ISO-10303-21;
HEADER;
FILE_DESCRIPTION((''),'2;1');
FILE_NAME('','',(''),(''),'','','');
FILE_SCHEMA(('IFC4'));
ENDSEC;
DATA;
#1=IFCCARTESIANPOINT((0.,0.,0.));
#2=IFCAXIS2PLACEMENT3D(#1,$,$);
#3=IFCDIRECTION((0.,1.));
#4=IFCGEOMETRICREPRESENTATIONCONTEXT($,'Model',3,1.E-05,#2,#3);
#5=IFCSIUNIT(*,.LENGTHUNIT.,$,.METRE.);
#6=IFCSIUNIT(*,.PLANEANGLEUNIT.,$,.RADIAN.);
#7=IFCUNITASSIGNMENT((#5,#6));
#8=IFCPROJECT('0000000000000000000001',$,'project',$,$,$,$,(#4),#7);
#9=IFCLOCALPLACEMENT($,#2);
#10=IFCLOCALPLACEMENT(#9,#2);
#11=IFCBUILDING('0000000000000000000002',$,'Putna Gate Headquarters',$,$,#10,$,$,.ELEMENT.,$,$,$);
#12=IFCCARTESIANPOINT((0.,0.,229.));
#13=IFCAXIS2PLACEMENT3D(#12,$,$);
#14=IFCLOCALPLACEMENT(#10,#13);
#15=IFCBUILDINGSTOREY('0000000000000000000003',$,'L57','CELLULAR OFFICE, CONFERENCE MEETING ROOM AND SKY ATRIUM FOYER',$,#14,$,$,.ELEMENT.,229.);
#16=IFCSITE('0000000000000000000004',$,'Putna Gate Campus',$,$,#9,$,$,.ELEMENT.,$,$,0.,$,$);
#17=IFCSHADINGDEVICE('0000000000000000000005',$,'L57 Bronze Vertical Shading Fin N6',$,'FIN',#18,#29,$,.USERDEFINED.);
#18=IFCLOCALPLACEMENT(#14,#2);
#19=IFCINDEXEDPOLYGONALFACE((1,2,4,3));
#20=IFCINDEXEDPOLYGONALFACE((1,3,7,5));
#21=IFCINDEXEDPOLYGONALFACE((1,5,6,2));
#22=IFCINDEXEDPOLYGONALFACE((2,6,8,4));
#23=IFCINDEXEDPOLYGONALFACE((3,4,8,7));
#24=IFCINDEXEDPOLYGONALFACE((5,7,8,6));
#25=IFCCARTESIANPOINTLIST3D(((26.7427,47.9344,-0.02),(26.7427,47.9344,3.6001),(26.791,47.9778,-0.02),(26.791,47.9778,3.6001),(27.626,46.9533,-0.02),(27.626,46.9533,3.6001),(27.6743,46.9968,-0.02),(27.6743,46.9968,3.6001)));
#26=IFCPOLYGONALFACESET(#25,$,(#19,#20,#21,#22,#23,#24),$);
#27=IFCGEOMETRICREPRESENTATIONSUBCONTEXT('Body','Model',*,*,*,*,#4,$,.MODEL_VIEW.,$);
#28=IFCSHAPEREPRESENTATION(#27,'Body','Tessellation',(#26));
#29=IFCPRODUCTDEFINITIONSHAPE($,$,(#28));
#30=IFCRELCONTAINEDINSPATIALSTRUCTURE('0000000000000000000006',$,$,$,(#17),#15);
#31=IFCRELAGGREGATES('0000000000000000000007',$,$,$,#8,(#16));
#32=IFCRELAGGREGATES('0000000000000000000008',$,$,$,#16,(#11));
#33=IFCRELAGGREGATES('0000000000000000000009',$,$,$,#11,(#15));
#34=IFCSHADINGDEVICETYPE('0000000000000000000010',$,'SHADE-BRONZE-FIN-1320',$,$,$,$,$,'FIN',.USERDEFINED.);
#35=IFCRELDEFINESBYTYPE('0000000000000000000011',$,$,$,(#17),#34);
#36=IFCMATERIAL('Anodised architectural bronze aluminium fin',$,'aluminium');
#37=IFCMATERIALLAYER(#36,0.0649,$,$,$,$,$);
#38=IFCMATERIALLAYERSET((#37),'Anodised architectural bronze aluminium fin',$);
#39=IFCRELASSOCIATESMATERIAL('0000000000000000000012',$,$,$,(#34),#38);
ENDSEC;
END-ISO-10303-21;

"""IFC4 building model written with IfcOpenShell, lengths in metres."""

from ifc_helpers import new_model, si_unit, direction, frame, origin, origin_2d, place, context, subcontext, project, spatial, rectangle, extrude, material, layer, layer_set, type_object, element, save


model = new_model("IFC4")

# Units and contexts
model_context = context("Model", 3, precision=1e-05, world=origin(), true_north=direction((0.0, 1.0)))
body_context = subcontext(model_context, "Body", "Model", "MODEL_VIEW")
ifc_project = project(units=[si_unit("LENGTHUNIT", "METRE"), si_unit("PLANEANGLEUNIT", "RADIAN")], contexts=[model_context])

# Site, building, storey
site_placement = place(None, origin())
site = spatial("IfcSite", under=ifc_project, at=site_placement, Name="Putna Gate Campus", CompositionType="ELEMENT", RefElevation=0.0)
building_placement = place(site_placement, origin())
building = spatial("IfcBuilding", under=site, at=building_placement, Name="Putna Gate Headquarters", CompositionType="ELEMENT")
storey_placement = place(building_placement, frame((0.0, 0.0, 229.0)))
storey = spatial("IfcBuildingStorey", under=building, at=storey_placement, Name="L57", Description="CELLULAR OFFICE, CONFERENCE MEETING ROOM AND SKY ATRIUM FOYER", CompositionType="ELEMENT", Elevation=229.0)

# Shading device
ifc_material_1 = material(Name="Anodised architectural bronze aluminium fin", Category="aluminium")
ifc_layer_1 = layer(ifc_material_1, 0.0649)
ifc_layer_set_1 = layer_set([ifc_layer_1], Name="Anodised architectural bronze aluminium fin")
shading_device_type = type_object("IfcShadingDeviceType", Name="SHADE-BRONZE-FIN-1320", ElementType="FIN", PredefinedType="USERDEFINED", material=ifc_layer_set_1)
for number, where, z_axis, x_axis, name in (
    (1, (27.2085, 47.4656, -0.02), (0.0, 0.0, 1.0), (-0.669131, 0.743145, 0.0), "L57 Bronze Vertical Shading Fin N6"),
):
    element("IfcShadingDevice", number, at=place(storey_placement, frame(where, z_axis=z_axis, x_axis=x_axis)), inside=storey, type_object=shading_device_type, Name=name, ObjectType="FIN", PredefinedType="USERDEFINED", context=body_context, shape_type="SweptSolid", body=[
        extrude(rectangle(XDim=1.3201, YDim=0.0649, at=origin_2d()), origin(), (0.0, 0.0, 1.0), 3.6201),
    ])

save(model, "model.ifc")
